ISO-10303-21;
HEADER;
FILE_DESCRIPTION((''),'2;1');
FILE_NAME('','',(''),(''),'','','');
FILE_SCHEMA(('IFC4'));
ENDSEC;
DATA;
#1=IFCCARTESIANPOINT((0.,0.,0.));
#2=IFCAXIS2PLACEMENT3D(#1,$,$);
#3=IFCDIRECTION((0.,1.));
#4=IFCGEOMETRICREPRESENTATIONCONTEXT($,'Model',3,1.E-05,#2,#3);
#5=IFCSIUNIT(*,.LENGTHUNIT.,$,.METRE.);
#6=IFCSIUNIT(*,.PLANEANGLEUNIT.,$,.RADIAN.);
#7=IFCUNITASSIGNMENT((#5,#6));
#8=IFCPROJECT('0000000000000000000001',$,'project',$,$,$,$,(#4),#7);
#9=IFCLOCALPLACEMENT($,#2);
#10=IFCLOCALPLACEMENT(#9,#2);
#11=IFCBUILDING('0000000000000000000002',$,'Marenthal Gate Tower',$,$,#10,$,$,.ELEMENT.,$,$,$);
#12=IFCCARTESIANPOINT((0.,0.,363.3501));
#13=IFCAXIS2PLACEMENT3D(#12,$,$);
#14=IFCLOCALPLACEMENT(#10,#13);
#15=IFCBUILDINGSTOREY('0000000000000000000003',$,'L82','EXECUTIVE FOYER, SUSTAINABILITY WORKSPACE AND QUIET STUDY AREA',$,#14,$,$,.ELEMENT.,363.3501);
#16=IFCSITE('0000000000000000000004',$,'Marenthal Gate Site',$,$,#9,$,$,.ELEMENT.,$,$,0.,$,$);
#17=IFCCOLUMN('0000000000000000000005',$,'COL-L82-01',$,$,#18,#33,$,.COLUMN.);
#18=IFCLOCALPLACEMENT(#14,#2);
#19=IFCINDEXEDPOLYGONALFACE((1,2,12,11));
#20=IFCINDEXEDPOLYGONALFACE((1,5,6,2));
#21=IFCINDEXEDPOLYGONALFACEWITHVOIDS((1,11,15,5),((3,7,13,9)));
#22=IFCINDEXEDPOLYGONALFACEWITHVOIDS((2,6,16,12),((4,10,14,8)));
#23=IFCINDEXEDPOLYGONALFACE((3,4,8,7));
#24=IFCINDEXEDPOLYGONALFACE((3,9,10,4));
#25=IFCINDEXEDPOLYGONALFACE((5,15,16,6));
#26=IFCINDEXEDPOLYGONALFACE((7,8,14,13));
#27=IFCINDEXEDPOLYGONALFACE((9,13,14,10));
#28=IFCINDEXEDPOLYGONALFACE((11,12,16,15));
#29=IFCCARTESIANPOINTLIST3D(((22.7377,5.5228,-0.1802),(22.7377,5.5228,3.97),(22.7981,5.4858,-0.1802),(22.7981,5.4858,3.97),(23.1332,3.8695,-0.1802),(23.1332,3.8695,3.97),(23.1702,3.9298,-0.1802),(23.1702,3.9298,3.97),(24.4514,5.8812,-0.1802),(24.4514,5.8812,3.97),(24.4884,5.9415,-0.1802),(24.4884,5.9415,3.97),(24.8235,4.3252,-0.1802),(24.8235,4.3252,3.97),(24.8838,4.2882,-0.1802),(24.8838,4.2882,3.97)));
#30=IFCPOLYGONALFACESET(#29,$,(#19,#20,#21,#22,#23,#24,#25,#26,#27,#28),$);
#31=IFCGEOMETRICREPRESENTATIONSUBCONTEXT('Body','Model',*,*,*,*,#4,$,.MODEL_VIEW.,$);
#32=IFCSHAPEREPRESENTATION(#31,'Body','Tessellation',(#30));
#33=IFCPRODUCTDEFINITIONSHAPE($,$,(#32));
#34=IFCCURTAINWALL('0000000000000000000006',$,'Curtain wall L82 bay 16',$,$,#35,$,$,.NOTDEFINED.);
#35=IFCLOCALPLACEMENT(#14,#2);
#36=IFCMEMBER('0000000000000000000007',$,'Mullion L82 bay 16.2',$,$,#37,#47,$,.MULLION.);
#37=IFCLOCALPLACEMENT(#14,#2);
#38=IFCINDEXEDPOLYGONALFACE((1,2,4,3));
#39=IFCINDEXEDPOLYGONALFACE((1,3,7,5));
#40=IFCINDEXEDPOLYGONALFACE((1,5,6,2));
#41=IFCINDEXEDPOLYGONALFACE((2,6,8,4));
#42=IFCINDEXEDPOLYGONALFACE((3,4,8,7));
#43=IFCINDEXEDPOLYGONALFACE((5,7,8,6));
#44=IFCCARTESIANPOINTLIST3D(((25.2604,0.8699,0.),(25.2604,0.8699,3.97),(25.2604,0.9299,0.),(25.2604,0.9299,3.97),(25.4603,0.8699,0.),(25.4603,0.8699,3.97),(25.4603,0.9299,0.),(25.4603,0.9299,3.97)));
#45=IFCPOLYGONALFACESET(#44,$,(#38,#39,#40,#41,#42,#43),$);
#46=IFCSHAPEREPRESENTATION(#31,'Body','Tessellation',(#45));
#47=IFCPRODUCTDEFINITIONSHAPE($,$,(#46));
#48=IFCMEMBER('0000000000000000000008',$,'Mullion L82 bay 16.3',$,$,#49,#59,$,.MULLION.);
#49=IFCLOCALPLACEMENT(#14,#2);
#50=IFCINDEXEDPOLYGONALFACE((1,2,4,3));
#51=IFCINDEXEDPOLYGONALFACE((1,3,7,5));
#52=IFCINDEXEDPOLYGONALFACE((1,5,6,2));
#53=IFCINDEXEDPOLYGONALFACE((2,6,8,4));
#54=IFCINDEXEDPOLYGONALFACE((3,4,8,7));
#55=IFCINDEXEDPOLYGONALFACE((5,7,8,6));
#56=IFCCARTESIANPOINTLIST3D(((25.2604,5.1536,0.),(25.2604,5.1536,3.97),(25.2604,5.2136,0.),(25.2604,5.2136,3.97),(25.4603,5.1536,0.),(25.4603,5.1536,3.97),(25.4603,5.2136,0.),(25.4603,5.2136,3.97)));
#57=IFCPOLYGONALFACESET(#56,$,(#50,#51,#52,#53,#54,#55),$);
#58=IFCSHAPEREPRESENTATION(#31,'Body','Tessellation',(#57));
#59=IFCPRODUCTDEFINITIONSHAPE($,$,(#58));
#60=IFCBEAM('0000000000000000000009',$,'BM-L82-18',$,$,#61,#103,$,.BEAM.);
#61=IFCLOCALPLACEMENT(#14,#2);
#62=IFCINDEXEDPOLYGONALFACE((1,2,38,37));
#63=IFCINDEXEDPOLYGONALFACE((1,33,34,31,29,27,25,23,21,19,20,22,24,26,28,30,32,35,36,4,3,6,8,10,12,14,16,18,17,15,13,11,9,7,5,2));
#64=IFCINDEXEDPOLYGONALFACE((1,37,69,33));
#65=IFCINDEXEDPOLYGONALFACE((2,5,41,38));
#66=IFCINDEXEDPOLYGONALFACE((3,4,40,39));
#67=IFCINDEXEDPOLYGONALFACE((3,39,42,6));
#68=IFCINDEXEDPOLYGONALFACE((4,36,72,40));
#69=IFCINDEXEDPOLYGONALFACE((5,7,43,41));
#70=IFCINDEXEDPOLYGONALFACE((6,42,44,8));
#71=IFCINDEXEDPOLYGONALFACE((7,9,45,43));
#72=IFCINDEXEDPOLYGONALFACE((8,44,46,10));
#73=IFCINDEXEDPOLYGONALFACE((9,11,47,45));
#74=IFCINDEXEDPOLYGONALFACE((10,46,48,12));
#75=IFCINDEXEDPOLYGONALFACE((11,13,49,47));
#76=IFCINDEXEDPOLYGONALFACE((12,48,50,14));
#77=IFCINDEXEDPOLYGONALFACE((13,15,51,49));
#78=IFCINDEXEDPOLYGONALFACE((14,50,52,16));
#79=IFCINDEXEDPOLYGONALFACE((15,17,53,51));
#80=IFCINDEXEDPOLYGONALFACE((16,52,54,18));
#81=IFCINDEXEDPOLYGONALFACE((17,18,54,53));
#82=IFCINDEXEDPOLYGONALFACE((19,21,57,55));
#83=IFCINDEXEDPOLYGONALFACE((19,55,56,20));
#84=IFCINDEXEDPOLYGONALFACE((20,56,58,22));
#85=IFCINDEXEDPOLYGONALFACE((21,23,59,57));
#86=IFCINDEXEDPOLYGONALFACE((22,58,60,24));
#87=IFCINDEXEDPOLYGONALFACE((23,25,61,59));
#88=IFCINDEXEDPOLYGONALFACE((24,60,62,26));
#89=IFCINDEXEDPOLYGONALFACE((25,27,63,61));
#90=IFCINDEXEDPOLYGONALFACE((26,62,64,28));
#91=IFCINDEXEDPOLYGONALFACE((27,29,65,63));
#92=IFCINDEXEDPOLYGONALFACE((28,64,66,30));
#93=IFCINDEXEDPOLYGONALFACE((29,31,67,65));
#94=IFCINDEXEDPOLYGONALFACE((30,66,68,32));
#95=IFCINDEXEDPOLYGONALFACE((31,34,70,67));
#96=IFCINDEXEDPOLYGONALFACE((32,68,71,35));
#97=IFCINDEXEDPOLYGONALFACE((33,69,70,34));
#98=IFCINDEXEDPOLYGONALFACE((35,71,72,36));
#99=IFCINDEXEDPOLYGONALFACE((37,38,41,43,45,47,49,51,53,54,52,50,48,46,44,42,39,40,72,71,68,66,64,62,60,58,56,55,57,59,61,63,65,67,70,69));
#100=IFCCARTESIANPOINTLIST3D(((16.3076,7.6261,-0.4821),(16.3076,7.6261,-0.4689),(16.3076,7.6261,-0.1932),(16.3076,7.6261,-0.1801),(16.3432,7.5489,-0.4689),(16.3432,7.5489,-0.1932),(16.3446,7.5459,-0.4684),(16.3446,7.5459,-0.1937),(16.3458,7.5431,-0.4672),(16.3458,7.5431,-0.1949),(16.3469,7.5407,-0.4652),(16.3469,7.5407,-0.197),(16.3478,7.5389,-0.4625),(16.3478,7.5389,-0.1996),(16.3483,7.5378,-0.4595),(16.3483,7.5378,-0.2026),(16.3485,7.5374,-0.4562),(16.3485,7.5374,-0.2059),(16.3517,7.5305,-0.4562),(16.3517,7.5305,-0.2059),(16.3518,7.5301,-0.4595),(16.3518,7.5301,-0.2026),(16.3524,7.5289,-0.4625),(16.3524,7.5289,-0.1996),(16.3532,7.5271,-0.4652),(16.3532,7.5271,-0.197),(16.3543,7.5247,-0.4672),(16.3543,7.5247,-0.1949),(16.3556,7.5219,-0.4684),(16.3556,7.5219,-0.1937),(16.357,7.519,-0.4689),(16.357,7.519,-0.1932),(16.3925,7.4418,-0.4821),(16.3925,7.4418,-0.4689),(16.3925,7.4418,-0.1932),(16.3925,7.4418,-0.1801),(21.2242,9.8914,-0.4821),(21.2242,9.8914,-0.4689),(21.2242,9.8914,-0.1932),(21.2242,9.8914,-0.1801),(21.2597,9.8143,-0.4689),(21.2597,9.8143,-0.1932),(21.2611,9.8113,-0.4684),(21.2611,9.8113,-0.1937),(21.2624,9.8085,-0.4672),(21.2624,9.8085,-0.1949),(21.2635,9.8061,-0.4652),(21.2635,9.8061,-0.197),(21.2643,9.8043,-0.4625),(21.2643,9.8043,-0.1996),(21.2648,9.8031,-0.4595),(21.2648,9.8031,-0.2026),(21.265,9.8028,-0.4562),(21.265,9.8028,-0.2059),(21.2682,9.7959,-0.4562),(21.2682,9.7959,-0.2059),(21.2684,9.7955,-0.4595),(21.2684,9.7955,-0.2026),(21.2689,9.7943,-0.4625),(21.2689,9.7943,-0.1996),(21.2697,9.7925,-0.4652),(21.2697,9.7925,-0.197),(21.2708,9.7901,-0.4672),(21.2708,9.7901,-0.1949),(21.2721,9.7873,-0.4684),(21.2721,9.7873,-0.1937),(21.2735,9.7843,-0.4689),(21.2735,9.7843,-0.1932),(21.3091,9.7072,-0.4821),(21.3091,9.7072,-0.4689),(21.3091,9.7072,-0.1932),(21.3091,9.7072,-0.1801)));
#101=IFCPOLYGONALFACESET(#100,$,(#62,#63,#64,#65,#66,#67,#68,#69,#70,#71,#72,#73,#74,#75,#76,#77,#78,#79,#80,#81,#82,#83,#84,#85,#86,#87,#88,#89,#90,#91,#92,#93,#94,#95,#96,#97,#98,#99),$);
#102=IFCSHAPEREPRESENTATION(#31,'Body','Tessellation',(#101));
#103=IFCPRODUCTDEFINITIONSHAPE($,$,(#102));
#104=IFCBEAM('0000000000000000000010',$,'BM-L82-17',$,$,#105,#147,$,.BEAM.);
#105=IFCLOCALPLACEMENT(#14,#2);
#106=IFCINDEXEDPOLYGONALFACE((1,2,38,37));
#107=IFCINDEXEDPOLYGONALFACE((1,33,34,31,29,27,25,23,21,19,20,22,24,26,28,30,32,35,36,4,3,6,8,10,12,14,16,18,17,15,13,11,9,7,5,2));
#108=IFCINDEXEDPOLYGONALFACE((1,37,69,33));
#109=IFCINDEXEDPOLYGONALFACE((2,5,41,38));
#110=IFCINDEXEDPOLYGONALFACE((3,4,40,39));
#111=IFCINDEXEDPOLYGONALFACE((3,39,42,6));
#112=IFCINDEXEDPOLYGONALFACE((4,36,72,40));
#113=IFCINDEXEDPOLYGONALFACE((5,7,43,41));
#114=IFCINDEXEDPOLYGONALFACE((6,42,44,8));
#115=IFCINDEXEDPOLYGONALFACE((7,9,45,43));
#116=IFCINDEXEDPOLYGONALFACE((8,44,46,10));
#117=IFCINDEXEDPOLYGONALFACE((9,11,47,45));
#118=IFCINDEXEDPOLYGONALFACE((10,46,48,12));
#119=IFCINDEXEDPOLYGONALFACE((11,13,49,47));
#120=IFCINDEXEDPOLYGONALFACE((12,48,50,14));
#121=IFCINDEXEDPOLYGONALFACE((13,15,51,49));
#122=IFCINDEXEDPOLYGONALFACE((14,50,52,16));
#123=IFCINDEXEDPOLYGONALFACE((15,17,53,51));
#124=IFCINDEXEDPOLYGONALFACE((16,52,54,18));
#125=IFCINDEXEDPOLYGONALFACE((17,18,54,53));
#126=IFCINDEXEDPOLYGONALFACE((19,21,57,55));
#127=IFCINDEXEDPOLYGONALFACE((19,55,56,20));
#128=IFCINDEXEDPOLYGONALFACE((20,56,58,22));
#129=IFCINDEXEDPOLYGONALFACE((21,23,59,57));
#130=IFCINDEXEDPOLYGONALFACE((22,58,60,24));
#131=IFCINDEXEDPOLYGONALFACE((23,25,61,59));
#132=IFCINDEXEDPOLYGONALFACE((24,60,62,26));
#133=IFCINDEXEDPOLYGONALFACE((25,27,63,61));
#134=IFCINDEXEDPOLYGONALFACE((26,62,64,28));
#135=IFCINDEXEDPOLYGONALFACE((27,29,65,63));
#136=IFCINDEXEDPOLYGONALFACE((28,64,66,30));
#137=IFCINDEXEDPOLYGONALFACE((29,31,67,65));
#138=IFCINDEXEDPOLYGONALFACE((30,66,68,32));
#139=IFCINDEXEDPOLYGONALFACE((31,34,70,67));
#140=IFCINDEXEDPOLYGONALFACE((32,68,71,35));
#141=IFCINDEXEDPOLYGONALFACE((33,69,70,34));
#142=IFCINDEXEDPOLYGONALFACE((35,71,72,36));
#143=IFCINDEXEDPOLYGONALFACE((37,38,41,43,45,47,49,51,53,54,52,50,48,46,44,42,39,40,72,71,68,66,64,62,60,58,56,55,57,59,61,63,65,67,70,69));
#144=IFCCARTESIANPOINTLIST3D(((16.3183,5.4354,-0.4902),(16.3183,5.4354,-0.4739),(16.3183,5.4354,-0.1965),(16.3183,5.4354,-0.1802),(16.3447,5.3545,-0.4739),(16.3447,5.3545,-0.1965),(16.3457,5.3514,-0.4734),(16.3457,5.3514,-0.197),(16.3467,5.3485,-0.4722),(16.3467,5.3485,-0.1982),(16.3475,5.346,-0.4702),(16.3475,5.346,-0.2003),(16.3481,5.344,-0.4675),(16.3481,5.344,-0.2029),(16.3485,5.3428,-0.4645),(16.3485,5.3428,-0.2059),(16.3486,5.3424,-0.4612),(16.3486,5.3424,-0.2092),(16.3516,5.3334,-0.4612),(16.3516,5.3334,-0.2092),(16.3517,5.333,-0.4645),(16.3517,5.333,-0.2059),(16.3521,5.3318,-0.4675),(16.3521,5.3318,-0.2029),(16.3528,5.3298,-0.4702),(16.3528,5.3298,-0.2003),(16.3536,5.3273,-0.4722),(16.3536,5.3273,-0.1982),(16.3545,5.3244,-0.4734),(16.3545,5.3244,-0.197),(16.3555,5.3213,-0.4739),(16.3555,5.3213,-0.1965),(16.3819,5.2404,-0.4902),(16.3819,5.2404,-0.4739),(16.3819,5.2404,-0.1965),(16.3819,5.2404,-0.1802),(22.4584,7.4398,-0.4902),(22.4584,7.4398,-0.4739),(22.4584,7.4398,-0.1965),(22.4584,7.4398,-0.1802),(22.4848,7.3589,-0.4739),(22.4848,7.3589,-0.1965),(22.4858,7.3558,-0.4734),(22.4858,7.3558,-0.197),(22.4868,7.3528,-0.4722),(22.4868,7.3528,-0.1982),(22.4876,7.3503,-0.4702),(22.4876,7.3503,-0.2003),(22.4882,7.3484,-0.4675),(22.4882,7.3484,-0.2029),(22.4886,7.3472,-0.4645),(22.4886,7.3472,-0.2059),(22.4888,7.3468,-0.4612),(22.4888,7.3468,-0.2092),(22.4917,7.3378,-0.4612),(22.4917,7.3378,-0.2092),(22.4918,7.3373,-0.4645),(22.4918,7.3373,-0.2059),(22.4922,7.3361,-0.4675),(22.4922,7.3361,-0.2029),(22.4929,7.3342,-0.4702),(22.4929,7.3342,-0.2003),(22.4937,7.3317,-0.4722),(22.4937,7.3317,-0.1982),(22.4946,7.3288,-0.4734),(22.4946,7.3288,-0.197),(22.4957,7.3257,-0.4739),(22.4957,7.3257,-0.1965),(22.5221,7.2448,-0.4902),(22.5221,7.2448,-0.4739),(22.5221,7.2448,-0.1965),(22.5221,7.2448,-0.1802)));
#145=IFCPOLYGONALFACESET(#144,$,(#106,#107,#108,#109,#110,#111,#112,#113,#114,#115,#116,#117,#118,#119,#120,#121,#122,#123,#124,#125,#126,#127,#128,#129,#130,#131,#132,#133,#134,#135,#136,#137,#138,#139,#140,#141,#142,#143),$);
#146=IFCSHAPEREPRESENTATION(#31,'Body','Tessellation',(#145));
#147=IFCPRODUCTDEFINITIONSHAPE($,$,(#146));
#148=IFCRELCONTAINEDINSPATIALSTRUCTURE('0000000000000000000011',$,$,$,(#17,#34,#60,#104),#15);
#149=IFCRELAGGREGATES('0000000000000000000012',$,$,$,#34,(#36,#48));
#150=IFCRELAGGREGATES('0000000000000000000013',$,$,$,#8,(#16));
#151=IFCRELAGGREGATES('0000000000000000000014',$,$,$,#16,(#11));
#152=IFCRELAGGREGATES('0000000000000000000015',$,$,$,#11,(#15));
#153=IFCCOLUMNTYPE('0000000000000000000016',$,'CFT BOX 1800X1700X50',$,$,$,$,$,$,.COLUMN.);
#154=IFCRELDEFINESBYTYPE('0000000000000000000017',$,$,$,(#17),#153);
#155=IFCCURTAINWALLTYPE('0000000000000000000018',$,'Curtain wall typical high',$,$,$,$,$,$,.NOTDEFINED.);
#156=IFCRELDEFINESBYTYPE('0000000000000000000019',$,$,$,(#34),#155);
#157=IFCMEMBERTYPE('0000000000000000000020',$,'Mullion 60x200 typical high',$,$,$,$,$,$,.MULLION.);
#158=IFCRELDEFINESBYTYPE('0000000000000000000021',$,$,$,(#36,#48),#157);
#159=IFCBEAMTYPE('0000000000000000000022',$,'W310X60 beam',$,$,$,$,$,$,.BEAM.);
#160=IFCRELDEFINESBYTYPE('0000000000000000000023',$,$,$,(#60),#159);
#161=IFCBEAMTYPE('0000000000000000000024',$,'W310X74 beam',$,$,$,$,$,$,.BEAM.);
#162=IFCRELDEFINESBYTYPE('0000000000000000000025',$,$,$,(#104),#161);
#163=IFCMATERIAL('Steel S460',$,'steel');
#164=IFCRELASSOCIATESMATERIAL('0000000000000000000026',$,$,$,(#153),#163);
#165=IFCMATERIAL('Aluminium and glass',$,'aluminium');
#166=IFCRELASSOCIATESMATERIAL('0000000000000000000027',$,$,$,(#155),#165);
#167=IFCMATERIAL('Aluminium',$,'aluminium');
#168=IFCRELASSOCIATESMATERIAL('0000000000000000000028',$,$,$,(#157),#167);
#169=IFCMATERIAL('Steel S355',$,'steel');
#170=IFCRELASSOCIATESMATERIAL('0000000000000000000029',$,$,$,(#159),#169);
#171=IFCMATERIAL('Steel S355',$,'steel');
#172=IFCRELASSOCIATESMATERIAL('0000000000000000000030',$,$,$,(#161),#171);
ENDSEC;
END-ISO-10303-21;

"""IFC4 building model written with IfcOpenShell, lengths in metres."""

from ifc_helpers import new_model, si_unit, direction, frame, origin, origin_2d, place, context, subcontext, project, spatial, rectangle, hollow_rectangle, i_section, extrude, material, material_profile, profile_set, type_object, element, aggregate, save


model = new_model("IFC4")

# Units and contexts
model_context = context("Model", 3, precision=1e-05, world=origin(), true_north=direction((0.0, 1.0)))
body_context = subcontext(model_context, "Body", "Model", "MODEL_VIEW")
ifc_project = project(units=[si_unit("LENGTHUNIT", "METRE"), si_unit("PLANEANGLEUNIT", "RADIAN")], contexts=[model_context])

# Site, building, storey
site_placement = place(None, origin())
site = spatial("IfcSite", under=ifc_project, at=site_placement, Name="Marenthal Gate Site", CompositionType="ELEMENT", RefElevation=0.0)
building_placement = place(site_placement, origin())
building = spatial("IfcBuilding", under=site, at=building_placement, Name="Marenthal Gate Tower", CompositionType="ELEMENT")
storey_placement = place(building_placement, frame((0.0, 0.0, 363.3501)))
storey = spatial("IfcBuildingStorey", under=building, at=storey_placement, Name="L82", Description="EXECUTIVE FOYER, SUSTAINABILITY WORKSPACE AND QUIET STUDY AREA", CompositionType="ELEMENT", Elevation=363.3501)

# Column
ifc_material_1 = material(Name="Steel S460", Category="steel")
ifc_material_profile_1 = material_profile(ifc_material_1, hollow_rectangle(XDim=1.7, YDim=1.8, WallThickness=0.05, at=origin_2d()), Name="CFT BOX 1800X1700X50")
ifc_material_2 = material(Name="Concrete 70 MPa", Category="concrete")
ifc_material_profile_2 = material_profile(ifc_material_2, rectangle(XDim=1.6001, YDim=1.7, at=origin_2d()), Name="CFT BOX 1800X1700X50 INFILL")
ifc_profile_set_1 = profile_set([ifc_material_profile_1, ifc_material_profile_2], Name="Steel S460 shell, Concrete 70 MPa infill")
column_type = type_object("IfcColumnType", Name="CFT BOX 1800X1700X50", PredefinedType="COLUMN", material=ifc_profile_set_1)
column_placement = place(storey_placement, frame((23.8108, 4.9055, -0.1802), z_axis=(0.0, 0.0, 1.0), x_axis=(0.232598, -0.972573, 0.0)))
element("IfcColumn", 1, at=column_placement, inside=storey, type_object=column_type, Name="COL-L82-01", PredefinedType="COLUMN", context=body_context, shape_type="SweptSolid", body=[
    extrude(hollow_rectangle(XDim=1.7, YDim=1.8, WallThickness=0.05, at=origin_2d()), origin(), (0.0, 0.0, 1.0), 4.1501),
])

# Curtain wall, members
ifc_material_3 = material(Name="Aluminium and glass", Category="aluminium")
curtain_wall_type = type_object("IfcCurtainWallType", Name="Curtain wall typical high", PredefinedType="NOTDEFINED", material=ifc_material_3)
curtain_wall_placement = place(storey_placement, origin())
curtain_wall = element("IfcCurtainWall", 2, at=curtain_wall_placement, inside=storey, type_object=curtain_wall_type, Name="Curtain wall L82 bay 16", PredefinedType="NOTDEFINED")
ifc_material_4 = material(Name="Aluminium", Category="aluminium")
ifc_material_profile_3 = material_profile(ifc_material_4, rectangle(XDim=0.2, YDim=0.0601, at=origin_2d()), Name="60x200 aluminium mullion")
ifc_profile_set_2 = profile_set([ifc_material_profile_3], Name="Aluminium")
member_type = type_object("IfcMemberType", Name="Mullion 60x200 typical high", PredefinedType="MULLION", material=ifc_profile_set_2)
member_1_placement = place(storey_placement, frame((25.3604, 0.8999, 0.0), z_axis=(0.0, 0.0, 1.0), x_axis=(-1.0, 0.0, 0.0)))
member_1 = element("IfcMember", 3, at=member_1_placement, type_object=member_type, Name="Mullion L82 bay 16.2", PredefinedType="MULLION", context=body_context, shape_type="SweptSolid", body=[
    extrude(rectangle(XDim=0.2, YDim=0.0601, at=origin_2d()), origin(), (0.0, 0.0, 1.0), 3.97),
])
member_2_placement = place(storey_placement, frame((25.3604, 5.1836, 0.0), z_axis=(0.0, 0.0, 1.0), x_axis=(-1.0, 0.0, 0.0)))
member_2 = element("IfcMember", 4, at=member_2_placement, type_object=member_type, Name="Mullion L82 bay 16.3", PredefinedType="MULLION", context=body_context, shape_type="SweptSolid", body=[
    extrude(rectangle(XDim=0.2, YDim=0.0601, at=origin_2d()), origin(), (0.0, 0.0, 1.0), 3.97),
])

# Beams
ifc_material_5 = material(Name="Steel S355", Category="steel")
ifc_material_profile_4 = material_profile(ifc_material_5, i_section(OverallWidth=0.2029, OverallDepth=0.302, WebThickness=0.0076, FlangeThickness=0.0132, FilletRadius=0.0127, at=origin_2d()), Name="W310X60")
ifc_profile_set_3 = profile_set([ifc_material_profile_4], Name="Steel S355")
beam_type_1 = type_object("IfcBeamType", Name="W310X60 beam", PredefinedType="BEAM", material=ifc_profile_set_3)
beam_1_placement = place(storey_placement, frame((21.2666, 9.7993, -0.3311), z_axis=(-0.908225, -0.418483, 0.0), x_axis=(0.418483, -0.908225, 0.0)))
element("IfcBeam", 5, at=beam_1_placement, inside=storey, type_object=beam_type_1, Name="BM-L82-18", PredefinedType="BEAM", context=body_context, shape_type="SweptSolid", body=[
    extrude(i_section(OverallWidth=0.2029, OverallDepth=0.302, WebThickness=0.0076, FlangeThickness=0.0132, FilletRadius=0.0127, at=origin_2d()), origin(), (0.0, 0.0, 1.0), 5.4133),
])
ifc_material_6 = material(Name="Steel S355", Category="steel")
ifc_material_profile_5 = material_profile(ifc_material_6, i_section(OverallWidth=0.2051, OverallDepth=0.3101, WebThickness=0.0095, FlangeThickness=0.0164, FilletRadius=0.0127, at=origin_2d()), Name="W310X74")
ifc_profile_set_4 = profile_set([ifc_material_profile_5], Name="Steel S355")
beam_type_2 = type_object("IfcBeamType", Name="W310X74 beam", PredefinedType="BEAM", material=ifc_profile_set_4)
beam_2_placement = place(storey_placement, frame((22.4902, 7.3423, -0.3352), z_axis=(-0.95063, -0.310325, 0.0), x_axis=(0.310325, -0.95063, 0.0)))
element("IfcBeam", 6, at=beam_2_placement, inside=storey, type_object=beam_type_2, Name="BM-L82-17", PredefinedType="BEAM", context=body_context, shape_type="SweptSolid", body=[
    extrude(i_section(OverallWidth=0.2051, OverallDepth=0.3101, WebThickness=0.0095, FlangeThickness=0.0164, FilletRadius=0.0127, at=origin_2d()), origin(), (0.0, 0.0, 1.0), 6.459),
])

aggregate(curtain_wall, [member_1, member_2])

save(model, "model.ifc")
